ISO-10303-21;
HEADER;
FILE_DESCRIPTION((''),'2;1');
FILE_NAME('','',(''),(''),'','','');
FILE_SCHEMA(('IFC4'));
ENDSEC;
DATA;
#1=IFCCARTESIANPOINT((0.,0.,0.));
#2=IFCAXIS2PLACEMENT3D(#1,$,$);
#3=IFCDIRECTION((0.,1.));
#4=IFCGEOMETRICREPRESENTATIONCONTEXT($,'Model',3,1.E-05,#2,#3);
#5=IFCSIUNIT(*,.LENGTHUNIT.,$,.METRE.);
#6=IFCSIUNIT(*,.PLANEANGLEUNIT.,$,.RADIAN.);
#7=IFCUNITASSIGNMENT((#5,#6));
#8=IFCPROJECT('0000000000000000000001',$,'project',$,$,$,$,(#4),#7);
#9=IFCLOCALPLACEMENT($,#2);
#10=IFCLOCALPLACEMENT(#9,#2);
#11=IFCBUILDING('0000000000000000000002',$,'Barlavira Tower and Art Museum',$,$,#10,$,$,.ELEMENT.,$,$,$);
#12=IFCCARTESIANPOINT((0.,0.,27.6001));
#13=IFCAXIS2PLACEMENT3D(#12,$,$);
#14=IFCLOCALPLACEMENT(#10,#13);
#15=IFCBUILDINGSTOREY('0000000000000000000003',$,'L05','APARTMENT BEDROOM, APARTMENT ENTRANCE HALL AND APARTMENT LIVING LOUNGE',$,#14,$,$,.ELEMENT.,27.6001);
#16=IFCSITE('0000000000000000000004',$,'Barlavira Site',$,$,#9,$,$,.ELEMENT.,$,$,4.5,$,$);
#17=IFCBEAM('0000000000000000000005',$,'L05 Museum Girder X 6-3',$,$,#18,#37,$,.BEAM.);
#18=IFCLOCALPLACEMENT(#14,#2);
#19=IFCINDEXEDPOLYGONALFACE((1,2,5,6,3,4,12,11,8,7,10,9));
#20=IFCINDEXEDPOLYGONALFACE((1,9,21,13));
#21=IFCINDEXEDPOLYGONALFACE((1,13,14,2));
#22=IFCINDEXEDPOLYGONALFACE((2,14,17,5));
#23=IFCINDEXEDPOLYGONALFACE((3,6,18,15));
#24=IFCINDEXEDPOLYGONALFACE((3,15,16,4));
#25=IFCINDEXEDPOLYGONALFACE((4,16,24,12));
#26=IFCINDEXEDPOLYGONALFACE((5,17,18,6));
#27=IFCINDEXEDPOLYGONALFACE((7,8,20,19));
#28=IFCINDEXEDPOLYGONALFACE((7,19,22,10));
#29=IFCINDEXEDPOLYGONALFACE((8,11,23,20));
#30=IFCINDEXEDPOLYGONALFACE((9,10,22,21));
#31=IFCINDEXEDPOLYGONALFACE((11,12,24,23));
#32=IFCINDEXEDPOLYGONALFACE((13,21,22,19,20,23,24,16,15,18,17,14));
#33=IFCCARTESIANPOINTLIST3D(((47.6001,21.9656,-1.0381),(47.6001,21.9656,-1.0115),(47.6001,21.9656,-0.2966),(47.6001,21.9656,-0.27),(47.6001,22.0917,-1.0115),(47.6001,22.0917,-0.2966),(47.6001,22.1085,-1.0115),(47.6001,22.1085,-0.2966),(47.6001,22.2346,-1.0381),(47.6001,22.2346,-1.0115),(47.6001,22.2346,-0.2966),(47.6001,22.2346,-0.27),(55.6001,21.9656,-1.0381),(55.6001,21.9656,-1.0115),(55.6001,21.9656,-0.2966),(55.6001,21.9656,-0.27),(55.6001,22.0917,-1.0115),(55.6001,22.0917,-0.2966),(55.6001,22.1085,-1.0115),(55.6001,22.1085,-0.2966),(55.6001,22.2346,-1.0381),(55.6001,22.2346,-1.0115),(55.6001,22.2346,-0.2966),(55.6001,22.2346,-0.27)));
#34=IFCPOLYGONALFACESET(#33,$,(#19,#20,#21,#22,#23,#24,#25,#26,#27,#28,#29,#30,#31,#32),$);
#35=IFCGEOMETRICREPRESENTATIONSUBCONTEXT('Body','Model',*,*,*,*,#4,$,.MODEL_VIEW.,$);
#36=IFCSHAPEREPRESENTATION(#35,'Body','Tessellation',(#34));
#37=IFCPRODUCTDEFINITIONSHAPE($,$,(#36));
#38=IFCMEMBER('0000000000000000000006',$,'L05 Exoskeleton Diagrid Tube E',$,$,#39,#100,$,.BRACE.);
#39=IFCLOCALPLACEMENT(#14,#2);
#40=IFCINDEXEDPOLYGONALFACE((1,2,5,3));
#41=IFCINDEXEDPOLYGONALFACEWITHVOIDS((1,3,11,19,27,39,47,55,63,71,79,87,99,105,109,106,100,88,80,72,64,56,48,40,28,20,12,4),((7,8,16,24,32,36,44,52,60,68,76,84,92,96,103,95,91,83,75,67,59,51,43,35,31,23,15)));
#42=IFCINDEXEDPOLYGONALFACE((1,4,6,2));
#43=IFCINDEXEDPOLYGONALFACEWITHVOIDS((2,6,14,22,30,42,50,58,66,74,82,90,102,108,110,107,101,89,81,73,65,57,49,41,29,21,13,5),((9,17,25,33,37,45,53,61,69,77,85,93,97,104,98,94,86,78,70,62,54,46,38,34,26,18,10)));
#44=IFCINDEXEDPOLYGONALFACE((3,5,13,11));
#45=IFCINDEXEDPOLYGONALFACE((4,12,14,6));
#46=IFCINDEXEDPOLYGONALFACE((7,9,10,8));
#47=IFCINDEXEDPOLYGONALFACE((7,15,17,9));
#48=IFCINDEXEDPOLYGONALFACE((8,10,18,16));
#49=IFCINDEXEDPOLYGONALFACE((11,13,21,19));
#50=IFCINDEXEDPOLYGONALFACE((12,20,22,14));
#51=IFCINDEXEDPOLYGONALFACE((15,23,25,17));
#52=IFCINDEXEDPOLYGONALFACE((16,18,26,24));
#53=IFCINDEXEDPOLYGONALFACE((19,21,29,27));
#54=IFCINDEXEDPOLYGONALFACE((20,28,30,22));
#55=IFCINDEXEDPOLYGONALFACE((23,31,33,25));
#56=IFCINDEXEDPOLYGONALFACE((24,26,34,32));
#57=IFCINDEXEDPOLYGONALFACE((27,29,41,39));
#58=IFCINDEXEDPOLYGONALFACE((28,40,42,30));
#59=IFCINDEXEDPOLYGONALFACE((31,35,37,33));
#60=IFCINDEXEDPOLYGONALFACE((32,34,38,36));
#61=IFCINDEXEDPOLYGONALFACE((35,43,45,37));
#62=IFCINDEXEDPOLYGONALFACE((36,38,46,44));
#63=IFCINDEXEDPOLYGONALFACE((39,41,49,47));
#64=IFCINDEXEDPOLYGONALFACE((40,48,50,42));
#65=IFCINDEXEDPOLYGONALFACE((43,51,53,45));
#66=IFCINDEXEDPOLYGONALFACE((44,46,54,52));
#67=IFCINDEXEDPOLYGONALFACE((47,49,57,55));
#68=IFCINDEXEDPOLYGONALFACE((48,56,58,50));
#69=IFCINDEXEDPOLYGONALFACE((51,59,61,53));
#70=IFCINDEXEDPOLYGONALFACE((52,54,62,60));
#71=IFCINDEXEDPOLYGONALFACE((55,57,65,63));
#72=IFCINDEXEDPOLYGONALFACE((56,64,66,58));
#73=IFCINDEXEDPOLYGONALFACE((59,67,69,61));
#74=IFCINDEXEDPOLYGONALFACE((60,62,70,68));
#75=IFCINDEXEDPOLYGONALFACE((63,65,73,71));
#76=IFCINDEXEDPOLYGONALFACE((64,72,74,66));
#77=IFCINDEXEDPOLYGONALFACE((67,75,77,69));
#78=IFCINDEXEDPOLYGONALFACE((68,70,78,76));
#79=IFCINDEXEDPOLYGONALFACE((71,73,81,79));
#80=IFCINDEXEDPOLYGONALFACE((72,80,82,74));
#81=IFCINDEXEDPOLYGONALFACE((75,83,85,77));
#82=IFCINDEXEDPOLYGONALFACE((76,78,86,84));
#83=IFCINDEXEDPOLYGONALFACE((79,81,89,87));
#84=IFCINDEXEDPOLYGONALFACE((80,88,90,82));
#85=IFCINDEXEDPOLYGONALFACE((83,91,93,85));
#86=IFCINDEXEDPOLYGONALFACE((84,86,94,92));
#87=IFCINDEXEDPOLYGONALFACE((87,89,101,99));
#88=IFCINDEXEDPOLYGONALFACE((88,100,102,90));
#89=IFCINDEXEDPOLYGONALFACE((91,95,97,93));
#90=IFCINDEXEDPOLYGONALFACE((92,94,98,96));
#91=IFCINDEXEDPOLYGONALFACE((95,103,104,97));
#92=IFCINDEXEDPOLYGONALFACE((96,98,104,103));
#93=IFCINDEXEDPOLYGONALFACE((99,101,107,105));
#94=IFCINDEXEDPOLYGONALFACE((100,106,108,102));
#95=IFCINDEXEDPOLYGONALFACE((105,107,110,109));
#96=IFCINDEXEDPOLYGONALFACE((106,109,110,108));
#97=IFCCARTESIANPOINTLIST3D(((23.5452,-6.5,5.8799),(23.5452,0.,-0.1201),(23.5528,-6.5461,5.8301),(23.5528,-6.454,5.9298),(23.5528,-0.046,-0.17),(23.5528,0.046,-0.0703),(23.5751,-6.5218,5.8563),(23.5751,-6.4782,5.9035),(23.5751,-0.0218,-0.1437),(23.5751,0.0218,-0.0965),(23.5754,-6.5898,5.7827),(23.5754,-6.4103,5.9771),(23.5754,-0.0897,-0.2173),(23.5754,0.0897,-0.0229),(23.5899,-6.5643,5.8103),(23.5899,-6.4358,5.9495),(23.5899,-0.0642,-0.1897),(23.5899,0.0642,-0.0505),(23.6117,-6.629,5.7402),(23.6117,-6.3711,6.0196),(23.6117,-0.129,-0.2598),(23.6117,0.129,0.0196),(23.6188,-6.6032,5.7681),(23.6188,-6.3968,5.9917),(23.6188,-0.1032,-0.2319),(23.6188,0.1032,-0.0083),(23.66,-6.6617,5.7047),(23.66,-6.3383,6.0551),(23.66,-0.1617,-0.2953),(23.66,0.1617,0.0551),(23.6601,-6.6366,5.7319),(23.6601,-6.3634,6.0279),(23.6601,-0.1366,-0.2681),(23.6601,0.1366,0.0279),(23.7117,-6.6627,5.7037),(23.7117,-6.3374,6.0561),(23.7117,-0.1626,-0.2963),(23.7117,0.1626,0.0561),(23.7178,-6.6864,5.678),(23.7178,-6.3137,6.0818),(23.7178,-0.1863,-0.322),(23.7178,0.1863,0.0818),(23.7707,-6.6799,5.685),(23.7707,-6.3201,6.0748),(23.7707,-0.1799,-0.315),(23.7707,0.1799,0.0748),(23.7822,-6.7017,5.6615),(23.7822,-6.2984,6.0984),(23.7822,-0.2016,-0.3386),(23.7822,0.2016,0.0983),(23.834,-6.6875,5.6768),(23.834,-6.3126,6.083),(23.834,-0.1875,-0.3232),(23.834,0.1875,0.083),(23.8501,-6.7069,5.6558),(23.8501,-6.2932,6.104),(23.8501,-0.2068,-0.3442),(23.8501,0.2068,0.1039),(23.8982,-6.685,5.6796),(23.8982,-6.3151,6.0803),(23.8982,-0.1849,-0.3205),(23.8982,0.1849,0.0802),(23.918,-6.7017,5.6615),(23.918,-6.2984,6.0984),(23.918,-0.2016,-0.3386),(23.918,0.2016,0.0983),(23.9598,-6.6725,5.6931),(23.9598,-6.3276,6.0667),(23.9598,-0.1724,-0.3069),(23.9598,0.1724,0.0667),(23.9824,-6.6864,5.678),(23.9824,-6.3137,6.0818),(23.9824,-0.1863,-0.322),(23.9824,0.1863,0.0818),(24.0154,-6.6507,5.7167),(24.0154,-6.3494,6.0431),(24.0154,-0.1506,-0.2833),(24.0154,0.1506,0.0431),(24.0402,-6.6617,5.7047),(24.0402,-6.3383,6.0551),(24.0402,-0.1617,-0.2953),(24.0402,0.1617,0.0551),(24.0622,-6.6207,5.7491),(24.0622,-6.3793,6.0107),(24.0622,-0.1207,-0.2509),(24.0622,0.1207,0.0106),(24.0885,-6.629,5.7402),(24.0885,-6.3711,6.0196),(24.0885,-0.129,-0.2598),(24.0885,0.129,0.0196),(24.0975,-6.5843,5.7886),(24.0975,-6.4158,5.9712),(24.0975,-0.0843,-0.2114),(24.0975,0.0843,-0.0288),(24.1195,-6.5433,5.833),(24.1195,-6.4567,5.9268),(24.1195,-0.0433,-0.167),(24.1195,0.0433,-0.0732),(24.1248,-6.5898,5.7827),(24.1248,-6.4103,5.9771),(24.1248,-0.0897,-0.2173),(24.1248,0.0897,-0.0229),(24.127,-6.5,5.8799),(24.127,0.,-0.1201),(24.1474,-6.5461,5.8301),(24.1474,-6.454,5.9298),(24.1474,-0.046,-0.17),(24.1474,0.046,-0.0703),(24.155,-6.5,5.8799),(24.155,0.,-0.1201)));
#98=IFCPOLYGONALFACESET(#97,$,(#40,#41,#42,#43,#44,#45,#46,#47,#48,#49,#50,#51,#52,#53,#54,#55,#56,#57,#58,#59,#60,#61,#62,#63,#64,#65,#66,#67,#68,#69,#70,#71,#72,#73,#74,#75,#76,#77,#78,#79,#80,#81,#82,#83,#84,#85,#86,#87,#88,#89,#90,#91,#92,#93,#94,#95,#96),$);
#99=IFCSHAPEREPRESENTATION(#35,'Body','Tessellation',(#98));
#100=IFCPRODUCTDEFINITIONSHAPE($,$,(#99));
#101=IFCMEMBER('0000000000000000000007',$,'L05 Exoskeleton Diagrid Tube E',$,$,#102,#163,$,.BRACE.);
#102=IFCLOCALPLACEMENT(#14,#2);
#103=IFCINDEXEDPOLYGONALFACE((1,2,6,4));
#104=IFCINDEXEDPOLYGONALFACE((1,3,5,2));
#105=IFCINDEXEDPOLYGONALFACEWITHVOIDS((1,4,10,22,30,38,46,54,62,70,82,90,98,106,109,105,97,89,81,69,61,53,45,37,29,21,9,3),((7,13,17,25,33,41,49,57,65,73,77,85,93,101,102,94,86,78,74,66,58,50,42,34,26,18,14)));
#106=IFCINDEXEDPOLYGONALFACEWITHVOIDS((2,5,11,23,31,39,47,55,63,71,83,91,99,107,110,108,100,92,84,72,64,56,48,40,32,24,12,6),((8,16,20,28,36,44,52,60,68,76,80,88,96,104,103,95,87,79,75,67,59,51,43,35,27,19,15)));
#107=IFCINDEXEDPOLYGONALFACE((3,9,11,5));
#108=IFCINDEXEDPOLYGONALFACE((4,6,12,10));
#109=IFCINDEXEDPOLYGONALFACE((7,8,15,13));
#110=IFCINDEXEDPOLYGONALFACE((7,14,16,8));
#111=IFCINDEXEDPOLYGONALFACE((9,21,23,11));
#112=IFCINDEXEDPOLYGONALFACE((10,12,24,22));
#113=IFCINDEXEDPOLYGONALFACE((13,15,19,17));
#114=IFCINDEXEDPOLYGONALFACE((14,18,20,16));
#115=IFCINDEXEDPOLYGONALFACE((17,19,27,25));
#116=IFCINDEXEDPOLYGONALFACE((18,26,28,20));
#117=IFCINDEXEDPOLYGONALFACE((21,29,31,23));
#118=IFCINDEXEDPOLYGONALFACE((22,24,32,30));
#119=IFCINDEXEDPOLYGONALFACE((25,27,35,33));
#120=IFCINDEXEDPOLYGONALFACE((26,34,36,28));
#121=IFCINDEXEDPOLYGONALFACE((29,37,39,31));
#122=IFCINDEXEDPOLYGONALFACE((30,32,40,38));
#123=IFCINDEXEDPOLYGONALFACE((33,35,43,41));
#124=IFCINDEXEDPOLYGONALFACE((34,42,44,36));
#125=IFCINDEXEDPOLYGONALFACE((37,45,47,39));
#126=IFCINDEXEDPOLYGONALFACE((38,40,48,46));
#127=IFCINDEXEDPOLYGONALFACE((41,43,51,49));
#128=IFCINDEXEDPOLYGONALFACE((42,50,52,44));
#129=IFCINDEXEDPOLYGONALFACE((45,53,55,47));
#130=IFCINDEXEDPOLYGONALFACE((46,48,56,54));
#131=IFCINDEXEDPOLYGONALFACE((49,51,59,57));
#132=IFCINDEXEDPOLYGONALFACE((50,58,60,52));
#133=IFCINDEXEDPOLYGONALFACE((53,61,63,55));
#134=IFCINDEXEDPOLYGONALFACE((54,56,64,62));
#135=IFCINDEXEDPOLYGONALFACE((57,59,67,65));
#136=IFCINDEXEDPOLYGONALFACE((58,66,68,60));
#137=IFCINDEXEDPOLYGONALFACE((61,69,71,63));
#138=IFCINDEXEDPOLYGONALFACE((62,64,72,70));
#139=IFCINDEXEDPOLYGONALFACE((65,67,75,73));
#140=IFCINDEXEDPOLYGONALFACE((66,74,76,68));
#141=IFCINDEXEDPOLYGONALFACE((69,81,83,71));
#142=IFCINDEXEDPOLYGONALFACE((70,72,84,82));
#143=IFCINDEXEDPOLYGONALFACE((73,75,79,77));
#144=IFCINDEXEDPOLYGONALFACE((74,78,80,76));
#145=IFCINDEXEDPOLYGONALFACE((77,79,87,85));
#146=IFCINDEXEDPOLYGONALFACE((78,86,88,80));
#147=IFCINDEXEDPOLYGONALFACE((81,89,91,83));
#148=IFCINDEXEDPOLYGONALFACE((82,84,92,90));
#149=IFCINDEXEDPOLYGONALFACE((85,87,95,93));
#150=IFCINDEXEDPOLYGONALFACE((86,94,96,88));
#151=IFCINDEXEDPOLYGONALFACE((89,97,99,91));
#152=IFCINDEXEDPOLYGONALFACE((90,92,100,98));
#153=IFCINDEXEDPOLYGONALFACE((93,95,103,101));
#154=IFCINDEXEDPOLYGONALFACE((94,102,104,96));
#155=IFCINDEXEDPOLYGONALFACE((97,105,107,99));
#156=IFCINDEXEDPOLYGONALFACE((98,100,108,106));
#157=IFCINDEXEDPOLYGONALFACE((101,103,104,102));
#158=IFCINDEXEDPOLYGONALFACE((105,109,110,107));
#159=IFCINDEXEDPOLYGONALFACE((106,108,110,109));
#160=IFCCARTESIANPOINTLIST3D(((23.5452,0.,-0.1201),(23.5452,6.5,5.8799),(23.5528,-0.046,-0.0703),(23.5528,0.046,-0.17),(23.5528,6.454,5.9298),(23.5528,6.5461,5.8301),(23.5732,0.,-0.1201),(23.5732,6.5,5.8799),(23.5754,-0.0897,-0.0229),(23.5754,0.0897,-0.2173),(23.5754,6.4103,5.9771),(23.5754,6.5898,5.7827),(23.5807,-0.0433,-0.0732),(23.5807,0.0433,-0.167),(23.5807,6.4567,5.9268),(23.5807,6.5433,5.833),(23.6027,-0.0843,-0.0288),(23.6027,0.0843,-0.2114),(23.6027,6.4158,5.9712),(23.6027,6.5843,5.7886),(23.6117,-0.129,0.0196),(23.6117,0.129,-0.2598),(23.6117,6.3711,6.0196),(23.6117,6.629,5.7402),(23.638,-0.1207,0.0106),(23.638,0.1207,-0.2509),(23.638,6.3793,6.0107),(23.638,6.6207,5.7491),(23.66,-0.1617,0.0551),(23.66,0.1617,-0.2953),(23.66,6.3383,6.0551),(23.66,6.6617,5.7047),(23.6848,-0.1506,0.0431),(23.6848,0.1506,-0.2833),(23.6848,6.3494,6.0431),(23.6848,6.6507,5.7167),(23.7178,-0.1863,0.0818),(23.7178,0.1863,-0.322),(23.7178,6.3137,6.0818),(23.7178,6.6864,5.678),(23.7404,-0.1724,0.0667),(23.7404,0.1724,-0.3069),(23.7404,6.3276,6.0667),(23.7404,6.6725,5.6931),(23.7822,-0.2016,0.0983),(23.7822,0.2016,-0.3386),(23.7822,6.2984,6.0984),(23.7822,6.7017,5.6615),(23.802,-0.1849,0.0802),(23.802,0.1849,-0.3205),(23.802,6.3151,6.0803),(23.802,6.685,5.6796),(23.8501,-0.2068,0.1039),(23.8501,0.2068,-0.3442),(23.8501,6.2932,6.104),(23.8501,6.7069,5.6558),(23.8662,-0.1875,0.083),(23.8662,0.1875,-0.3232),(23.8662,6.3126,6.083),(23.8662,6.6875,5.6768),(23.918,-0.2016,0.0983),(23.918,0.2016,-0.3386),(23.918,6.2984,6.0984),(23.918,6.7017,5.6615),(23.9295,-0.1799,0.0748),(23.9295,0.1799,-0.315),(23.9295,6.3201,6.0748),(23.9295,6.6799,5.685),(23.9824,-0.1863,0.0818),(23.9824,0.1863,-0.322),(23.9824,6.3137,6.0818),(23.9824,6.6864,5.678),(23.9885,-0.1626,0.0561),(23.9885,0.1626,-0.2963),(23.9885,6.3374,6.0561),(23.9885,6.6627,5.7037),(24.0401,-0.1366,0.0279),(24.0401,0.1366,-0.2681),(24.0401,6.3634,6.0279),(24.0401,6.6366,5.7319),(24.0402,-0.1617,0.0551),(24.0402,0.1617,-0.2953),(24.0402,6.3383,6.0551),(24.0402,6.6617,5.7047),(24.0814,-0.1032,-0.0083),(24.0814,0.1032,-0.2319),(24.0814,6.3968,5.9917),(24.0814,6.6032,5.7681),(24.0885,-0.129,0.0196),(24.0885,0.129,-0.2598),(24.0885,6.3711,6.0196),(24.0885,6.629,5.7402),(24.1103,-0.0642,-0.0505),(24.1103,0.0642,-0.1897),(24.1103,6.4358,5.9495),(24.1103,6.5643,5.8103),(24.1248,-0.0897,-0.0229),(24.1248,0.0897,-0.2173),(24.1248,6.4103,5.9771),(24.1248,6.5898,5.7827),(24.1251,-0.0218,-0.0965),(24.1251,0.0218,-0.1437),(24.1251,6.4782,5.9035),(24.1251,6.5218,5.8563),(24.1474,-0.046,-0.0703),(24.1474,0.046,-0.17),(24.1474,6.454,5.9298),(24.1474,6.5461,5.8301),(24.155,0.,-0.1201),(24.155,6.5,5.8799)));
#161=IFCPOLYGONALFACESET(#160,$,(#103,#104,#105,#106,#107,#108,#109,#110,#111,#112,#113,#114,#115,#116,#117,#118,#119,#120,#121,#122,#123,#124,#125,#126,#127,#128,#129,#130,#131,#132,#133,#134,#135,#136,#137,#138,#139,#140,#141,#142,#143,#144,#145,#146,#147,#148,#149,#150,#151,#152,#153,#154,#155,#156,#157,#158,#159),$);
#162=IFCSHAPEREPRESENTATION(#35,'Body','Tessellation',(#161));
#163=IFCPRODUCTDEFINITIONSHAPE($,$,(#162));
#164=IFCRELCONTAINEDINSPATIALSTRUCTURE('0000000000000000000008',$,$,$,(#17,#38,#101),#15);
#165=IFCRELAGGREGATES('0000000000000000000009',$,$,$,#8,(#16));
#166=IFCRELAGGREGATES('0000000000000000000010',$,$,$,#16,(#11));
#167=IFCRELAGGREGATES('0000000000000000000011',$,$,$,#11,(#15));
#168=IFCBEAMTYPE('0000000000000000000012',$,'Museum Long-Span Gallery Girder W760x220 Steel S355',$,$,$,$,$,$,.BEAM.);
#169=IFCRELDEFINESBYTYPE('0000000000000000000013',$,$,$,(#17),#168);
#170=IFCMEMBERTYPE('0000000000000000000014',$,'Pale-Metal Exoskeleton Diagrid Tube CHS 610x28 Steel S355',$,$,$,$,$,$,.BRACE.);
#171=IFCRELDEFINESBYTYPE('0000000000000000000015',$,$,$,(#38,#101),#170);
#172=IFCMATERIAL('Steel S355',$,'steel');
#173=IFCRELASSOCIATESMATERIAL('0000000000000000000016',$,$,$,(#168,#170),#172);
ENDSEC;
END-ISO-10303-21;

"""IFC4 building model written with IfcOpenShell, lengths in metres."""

from ifc_helpers import new_model, si_unit, direction, frame, origin, origin_2d, place, context, subcontext, project, spatial, hollow_circle, i_section, extrude, material, material_profile, profile_set, type_object, element, save


model = new_model("IFC4")

# Units and contexts
model_context = context("Model", 3, precision=1e-05, world=origin(), true_north=direction((0.0, 1.0)))
body_context = subcontext(model_context, "Body", "Model", "MODEL_VIEW")
ifc_project = project(units=[si_unit("LENGTHUNIT", "METRE"), si_unit("PLANEANGLEUNIT", "RADIAN")], contexts=[model_context])

# Site, building, storey
site_placement = place(None, origin())
site = spatial("IfcSite", under=ifc_project, at=site_placement, Name="Barlavira Site", CompositionType="ELEMENT", RefElevation=4.5)
building_placement = place(site_placement, origin())
building = spatial("IfcBuilding", under=site, at=building_placement, Name="Barlavira Tower and Art Museum", CompositionType="ELEMENT")
storey_placement = place(building_placement, frame((0.0, 0.0, 27.6001)))
storey = spatial("IfcBuildingStorey", under=building, at=storey_placement, Name="L05", Description="APARTMENT BEDROOM, APARTMENT ENTRANCE HALL AND APARTMENT LIVING LOUNGE", CompositionType="ELEMENT", Elevation=27.6001)

# Beam
ifc_material_1 = material(Name="Steel S355", Category="steel")
ifc_material_profile_1 = material_profile(ifc_material_1, i_section(OverallWidth=0.269, OverallDepth=0.7681, WebThickness=0.0168, FlangeThickness=0.0266, at=origin_2d()), Name="W760x220.0")
ifc_profile_set_1 = profile_set([ifc_material_profile_1], Name="Steel S355")
beam_type_1 = type_object("IfcBeamType", Name="Museum Long-Span Gallery Girder W760x220 Steel S355", PredefinedType="BEAM", material=ifc_profile_set_1)
beam_1_placement = place(storey_placement, frame((47.6001, 22.1001, -0.6541), z_axis=(1.0, 0.0, 0.0), x_axis=(0.0, 1.0, 0.0)))
element("IfcBeam", 1, at=beam_1_placement, inside=storey, type_object=beam_type_1, Name="L05 Museum Girder X 6-3", PredefinedType="BEAM", context=body_context, shape_type="SweptSolid", body=[
    extrude(i_section(OverallWidth=0.269, OverallDepth=0.7681, WebThickness=0.0168, FlangeThickness=0.0266, at=origin_2d()), origin(), (0.0, 0.0, 1.0), 8.0),
])

# Members
ifc_material_profile_2 = material_profile(ifc_material_1, hollow_circle(Radius=0.3049, WallThickness=0.0281, at=origin_2d()), Name="CHS 610.0x28.0")
ifc_profile_set_2 = profile_set([ifc_material_profile_2], Name="Steel S355")
member_type_1 = type_object("IfcMemberType", Name="Pale-Metal Exoskeleton Diagrid Tube CHS 610x28 Steel S355", PredefinedType="BRACE", material=ifc_profile_set_2)
for number, where, z_axis, x_axis, name in (
    (2, (23.8501, 0.0, -0.1201), (0.0, -0.734803, 0.67828), (1.0, 0.0, 0.0), "L05 Exoskeleton Diagrid Tube E"),
    (3, (23.8501, 0.0, -0.1201), (0.0, 0.734803, 0.67828), (-1.0, 0.0, 0.0), "L05 Exoskeleton Diagrid Tube E"),
):
    element("IfcMember", number, at=place(storey_placement, frame(where, z_axis=z_axis, x_axis=x_axis)), inside=storey, type_object=member_type_1, Name=name, PredefinedType="BRACE", context=body_context, shape_type="SweptSolid", body=[
        extrude(hollow_circle(Radius=0.3049, WallThickness=0.0281, at=origin_2d()), origin(), (0.0, 0.0, 1.0), 8.8459),
    ])

save(model, "model.ifc")
